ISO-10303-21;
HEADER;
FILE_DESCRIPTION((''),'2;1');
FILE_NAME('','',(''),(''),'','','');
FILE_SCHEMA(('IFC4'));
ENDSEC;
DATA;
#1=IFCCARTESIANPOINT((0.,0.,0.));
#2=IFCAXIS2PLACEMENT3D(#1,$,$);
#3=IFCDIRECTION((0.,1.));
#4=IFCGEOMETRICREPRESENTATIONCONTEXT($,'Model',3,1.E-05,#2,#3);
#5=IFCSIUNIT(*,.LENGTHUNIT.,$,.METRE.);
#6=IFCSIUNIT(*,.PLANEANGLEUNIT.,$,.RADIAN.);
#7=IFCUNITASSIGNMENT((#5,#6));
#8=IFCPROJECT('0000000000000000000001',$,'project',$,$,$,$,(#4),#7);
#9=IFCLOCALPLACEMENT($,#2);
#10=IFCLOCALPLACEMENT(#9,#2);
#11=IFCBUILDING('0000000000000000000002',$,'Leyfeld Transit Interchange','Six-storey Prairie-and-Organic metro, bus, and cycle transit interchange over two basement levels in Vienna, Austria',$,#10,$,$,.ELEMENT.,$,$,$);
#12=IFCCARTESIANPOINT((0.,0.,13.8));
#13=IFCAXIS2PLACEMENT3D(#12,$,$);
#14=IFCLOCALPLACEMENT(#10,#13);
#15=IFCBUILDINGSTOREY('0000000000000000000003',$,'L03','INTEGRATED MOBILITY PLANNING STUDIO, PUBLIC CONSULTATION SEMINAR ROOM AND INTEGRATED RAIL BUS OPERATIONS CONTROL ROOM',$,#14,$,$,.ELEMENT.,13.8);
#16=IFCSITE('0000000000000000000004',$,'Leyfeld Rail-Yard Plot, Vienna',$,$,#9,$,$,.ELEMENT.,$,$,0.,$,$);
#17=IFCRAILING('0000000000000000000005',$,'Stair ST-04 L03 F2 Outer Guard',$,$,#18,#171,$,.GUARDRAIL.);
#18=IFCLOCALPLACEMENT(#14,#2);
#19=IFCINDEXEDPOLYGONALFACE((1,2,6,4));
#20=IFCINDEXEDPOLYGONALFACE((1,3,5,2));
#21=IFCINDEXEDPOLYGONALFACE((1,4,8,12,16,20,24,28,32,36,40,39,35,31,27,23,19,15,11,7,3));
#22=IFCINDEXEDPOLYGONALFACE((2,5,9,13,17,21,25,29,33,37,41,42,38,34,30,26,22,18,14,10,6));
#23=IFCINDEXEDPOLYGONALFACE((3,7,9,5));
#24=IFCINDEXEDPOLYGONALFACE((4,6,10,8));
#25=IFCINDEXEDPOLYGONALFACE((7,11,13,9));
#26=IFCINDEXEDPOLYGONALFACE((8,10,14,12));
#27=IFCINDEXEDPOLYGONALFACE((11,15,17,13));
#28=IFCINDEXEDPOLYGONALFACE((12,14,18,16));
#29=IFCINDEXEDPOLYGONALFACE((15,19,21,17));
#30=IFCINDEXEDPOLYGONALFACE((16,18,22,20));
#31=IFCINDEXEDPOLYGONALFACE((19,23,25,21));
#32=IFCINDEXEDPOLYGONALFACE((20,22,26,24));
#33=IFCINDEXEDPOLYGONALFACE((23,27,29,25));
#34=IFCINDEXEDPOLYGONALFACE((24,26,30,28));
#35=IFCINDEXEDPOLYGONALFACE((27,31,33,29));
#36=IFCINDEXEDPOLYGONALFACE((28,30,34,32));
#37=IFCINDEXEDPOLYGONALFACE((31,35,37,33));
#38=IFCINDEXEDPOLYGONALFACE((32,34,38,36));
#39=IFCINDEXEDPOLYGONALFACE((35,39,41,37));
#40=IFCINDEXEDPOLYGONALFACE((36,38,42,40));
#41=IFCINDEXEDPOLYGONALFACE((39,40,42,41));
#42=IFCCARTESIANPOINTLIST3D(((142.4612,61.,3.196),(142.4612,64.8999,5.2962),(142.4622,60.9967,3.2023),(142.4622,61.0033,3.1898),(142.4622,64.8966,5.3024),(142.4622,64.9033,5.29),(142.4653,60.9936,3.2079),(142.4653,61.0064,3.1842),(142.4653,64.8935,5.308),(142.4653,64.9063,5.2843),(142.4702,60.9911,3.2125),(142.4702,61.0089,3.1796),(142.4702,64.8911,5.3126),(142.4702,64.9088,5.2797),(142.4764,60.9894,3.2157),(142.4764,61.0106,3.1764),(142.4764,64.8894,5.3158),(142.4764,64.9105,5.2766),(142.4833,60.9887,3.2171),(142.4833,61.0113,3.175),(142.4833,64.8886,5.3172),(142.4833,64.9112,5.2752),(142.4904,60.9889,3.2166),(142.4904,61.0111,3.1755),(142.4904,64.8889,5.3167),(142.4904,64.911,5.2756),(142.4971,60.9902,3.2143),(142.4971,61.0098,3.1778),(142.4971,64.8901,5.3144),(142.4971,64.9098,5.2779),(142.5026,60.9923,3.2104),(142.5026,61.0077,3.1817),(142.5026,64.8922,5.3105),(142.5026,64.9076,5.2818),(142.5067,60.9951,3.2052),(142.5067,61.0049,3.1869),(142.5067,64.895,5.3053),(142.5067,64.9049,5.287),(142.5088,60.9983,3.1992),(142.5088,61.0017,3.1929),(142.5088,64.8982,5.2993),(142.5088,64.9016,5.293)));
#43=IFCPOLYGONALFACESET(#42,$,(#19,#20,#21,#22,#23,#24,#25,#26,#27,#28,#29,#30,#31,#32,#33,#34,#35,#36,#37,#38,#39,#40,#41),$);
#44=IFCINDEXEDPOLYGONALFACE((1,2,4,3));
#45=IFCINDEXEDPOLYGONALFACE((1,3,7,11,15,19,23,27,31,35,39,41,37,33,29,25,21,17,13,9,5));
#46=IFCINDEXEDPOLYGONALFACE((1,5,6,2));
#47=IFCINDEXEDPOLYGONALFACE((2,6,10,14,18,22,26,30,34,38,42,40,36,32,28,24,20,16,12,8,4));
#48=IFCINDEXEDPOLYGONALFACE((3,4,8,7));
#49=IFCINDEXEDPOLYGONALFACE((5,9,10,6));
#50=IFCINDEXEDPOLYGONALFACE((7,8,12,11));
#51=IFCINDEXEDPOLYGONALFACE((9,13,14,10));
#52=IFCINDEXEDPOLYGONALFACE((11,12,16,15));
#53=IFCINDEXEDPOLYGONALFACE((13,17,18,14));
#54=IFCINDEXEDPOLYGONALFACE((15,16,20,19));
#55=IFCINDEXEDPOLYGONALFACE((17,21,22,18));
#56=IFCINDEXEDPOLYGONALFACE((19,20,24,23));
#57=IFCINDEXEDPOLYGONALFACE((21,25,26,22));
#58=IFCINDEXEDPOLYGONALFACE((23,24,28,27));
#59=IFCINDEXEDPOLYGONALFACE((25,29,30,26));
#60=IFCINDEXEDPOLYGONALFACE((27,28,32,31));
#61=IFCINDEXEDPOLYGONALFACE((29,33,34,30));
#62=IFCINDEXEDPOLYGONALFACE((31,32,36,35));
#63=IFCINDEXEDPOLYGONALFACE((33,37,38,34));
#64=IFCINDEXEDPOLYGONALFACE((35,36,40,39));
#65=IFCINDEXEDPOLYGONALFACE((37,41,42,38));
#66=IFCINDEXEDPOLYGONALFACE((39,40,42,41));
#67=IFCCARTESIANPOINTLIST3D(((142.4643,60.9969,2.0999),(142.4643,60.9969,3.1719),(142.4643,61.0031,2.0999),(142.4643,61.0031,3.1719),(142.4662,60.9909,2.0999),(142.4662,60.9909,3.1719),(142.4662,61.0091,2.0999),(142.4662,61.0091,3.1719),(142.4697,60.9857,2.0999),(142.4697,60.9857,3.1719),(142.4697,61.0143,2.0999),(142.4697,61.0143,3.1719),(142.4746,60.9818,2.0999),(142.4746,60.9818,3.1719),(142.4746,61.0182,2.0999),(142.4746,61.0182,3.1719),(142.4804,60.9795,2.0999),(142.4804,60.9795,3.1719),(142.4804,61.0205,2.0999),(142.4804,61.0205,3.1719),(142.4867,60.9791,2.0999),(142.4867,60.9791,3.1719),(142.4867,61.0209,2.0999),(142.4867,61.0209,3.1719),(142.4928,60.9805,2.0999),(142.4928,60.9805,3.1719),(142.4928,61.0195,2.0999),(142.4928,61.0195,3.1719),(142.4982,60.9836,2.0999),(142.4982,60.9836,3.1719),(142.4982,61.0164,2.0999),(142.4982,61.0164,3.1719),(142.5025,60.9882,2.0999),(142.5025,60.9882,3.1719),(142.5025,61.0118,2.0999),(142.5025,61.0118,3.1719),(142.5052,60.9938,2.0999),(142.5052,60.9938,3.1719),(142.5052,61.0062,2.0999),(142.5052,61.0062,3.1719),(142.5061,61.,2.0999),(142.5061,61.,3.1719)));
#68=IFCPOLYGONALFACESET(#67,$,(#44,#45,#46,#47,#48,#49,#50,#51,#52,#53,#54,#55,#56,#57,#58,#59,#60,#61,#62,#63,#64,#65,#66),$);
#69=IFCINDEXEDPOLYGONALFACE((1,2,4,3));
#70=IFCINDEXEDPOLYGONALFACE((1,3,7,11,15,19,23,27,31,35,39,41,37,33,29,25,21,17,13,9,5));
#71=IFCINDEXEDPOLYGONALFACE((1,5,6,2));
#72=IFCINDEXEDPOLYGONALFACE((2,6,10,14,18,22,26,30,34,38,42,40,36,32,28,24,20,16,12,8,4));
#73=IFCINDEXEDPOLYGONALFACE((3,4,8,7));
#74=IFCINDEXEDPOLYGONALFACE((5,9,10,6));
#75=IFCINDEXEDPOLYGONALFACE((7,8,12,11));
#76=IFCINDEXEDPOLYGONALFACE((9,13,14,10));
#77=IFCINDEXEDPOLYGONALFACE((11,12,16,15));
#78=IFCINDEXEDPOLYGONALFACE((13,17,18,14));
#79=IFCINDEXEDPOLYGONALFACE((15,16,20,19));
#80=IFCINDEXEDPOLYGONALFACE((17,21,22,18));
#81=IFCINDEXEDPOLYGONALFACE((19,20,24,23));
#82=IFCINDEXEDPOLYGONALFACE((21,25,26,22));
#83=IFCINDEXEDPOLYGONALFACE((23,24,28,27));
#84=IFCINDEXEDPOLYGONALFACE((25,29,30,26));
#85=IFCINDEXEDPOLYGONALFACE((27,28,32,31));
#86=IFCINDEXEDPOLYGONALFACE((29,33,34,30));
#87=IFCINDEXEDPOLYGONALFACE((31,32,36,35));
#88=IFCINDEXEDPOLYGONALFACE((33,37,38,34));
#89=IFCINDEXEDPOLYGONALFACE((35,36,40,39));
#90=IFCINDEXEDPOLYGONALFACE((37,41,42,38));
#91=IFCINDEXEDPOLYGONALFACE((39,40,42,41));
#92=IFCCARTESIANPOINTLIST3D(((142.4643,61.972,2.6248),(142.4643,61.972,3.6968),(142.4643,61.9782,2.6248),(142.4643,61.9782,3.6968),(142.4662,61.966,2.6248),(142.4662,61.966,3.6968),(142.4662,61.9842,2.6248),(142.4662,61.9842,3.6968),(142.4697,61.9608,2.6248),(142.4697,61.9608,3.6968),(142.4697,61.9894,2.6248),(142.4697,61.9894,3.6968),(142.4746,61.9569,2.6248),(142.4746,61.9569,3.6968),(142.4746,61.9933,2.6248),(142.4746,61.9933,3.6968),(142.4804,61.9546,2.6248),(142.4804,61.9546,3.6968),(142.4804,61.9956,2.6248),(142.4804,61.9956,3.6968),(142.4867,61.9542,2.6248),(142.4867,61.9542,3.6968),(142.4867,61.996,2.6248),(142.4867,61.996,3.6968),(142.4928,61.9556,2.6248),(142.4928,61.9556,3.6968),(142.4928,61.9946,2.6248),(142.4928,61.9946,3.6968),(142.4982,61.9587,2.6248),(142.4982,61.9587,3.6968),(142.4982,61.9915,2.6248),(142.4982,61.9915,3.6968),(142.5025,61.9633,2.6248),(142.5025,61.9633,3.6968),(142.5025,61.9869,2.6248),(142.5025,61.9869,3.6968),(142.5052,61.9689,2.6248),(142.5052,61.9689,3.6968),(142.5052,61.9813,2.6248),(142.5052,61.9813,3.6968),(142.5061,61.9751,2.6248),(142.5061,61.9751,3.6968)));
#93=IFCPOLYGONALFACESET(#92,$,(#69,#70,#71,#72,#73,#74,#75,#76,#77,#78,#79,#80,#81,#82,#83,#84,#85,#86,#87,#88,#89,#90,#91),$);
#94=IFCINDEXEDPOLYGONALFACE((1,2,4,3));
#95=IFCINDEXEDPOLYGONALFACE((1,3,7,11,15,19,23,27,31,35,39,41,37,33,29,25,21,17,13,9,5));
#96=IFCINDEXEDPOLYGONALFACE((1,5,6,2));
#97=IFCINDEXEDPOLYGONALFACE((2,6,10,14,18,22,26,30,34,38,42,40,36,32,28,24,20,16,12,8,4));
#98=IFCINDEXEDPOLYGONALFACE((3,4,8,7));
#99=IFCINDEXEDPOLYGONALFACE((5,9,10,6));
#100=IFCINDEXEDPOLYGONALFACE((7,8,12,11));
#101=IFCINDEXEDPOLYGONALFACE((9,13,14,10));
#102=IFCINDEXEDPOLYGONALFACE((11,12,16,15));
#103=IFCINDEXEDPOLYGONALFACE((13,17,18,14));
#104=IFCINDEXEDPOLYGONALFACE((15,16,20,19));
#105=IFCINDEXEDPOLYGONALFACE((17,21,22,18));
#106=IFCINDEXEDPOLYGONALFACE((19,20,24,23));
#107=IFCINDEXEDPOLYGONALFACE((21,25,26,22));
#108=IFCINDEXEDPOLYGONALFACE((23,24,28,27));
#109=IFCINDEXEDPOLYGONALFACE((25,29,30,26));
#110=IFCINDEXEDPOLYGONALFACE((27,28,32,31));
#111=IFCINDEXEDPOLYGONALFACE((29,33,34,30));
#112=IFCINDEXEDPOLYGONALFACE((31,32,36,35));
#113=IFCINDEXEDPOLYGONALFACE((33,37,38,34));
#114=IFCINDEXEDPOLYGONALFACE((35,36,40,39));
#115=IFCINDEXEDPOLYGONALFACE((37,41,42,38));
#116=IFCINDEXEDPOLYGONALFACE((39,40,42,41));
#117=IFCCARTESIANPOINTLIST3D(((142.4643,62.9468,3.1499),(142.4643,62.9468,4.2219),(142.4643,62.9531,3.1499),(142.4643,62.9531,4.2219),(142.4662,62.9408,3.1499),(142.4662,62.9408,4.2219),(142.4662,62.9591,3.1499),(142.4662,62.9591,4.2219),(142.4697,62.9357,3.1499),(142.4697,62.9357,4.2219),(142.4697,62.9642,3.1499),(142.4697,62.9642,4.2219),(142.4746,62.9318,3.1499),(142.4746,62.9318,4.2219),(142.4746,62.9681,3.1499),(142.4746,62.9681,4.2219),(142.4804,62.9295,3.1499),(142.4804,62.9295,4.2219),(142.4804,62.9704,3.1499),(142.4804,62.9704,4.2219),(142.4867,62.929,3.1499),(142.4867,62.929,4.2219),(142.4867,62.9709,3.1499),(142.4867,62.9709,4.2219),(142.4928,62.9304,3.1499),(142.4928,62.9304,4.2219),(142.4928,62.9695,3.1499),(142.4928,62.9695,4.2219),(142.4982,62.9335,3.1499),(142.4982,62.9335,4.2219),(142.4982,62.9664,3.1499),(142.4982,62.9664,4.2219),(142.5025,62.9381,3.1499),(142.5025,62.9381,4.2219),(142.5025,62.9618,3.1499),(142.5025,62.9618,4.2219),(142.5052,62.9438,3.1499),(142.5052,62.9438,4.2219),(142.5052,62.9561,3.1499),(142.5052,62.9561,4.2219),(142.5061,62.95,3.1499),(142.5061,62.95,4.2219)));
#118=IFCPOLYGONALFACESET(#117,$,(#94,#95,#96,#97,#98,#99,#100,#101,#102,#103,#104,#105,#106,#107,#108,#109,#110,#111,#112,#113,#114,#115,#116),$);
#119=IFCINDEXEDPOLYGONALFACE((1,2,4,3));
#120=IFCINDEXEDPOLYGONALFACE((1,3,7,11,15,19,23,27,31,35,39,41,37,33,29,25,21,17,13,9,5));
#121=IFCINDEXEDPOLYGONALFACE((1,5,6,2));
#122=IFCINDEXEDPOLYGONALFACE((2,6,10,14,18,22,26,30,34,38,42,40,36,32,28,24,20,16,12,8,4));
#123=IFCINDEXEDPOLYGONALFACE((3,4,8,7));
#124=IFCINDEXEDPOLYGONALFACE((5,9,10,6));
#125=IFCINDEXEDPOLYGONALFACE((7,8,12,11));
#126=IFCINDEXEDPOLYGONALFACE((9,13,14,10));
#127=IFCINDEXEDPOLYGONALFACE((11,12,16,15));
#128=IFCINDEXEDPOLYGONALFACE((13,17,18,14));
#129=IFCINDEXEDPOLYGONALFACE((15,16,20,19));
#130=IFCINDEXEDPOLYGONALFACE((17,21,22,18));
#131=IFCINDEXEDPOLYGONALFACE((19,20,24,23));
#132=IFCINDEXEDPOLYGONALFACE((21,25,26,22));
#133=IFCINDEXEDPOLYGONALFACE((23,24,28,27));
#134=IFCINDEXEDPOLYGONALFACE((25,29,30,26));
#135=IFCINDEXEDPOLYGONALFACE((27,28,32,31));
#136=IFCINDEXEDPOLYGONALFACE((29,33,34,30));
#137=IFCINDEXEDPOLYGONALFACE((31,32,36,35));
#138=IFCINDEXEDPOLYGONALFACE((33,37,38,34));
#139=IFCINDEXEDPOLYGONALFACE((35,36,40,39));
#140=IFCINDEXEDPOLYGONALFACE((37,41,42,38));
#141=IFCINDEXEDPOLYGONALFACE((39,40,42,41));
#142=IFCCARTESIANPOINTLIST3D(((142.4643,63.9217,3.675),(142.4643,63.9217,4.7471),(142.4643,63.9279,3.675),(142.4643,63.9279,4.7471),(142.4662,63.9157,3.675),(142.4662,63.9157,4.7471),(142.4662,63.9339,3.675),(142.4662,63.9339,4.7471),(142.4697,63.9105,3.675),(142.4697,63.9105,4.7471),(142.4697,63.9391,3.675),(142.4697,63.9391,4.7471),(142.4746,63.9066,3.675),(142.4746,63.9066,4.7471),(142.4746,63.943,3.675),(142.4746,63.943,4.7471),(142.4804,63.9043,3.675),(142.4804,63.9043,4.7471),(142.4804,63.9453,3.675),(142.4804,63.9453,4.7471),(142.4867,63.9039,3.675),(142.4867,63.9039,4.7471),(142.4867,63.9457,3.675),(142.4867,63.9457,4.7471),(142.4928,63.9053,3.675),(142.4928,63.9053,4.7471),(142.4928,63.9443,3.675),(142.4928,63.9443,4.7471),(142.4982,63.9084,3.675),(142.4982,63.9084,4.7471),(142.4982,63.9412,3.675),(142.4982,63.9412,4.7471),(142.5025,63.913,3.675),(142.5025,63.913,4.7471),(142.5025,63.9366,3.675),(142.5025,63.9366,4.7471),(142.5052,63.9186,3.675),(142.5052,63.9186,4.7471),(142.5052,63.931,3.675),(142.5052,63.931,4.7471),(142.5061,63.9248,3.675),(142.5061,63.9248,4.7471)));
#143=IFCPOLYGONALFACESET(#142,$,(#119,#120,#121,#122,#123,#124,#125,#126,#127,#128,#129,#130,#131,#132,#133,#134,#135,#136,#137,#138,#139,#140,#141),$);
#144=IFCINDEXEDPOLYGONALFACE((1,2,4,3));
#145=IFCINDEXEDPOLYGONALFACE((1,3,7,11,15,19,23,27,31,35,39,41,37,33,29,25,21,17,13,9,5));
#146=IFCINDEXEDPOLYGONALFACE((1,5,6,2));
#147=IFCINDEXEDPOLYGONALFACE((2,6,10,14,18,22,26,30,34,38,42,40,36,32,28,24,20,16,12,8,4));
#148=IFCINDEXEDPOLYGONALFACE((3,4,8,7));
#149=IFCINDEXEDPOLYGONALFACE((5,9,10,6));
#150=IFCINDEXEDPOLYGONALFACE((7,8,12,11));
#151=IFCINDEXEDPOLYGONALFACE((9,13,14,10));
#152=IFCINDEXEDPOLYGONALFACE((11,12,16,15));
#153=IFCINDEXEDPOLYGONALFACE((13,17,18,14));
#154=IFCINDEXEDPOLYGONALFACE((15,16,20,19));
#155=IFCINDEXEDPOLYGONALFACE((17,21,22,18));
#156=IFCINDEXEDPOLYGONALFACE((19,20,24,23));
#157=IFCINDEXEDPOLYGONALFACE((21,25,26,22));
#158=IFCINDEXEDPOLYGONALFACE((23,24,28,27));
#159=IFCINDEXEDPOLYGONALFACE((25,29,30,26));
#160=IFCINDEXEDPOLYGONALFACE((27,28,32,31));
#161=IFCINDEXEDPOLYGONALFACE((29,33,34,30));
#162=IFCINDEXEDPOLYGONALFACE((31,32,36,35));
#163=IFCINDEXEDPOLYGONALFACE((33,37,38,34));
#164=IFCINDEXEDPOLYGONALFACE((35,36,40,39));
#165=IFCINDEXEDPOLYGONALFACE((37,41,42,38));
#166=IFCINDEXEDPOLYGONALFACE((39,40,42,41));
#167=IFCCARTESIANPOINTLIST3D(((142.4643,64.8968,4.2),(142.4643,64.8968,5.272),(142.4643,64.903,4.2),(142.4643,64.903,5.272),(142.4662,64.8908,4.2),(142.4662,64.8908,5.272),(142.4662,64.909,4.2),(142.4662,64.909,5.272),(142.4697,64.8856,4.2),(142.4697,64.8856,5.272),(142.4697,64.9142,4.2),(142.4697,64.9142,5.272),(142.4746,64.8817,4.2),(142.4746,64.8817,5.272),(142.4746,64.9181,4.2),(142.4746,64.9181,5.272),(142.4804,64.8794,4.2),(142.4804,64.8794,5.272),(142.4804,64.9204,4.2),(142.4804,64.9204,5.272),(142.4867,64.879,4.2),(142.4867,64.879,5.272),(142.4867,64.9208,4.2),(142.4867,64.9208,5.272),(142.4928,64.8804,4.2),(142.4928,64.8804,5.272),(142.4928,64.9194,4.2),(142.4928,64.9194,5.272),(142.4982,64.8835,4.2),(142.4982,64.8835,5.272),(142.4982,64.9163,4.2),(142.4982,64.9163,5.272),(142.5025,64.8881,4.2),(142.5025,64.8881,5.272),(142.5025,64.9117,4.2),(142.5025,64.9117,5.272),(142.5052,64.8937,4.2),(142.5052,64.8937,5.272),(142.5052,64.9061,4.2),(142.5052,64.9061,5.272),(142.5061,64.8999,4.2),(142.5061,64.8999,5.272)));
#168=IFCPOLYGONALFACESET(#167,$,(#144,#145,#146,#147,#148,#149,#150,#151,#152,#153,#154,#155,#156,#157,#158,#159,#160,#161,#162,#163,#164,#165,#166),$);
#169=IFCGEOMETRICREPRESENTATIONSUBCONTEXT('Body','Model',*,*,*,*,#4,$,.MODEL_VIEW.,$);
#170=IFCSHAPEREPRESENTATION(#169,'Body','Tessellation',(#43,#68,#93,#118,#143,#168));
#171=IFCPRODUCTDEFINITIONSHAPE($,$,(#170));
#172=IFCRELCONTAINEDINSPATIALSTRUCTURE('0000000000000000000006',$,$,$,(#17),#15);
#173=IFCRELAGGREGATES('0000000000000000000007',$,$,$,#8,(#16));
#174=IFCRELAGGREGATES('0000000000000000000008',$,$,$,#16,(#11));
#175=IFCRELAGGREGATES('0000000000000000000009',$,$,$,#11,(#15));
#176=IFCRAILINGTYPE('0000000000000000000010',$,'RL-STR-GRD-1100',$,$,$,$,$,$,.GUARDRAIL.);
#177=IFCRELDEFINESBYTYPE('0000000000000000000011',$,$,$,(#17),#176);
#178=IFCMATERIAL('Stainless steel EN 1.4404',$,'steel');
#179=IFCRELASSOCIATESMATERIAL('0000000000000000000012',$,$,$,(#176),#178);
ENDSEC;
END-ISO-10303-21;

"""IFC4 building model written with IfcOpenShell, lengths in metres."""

from ifc_helpers import new_model, si_unit, direction, frame, origin, origin_2d, place, context, subcontext, project, spatial, circle, extrude, material, type_object, element, save


model = new_model("IFC4")

# Units and contexts
model_context = context("Model", 3, precision=1e-05, world=origin(), true_north=direction((0.0, 1.0)))
body_context = subcontext(model_context, "Body", "Model", "MODEL_VIEW")
ifc_project = project(units=[si_unit("LENGTHUNIT", "METRE"), si_unit("PLANEANGLEUNIT", "RADIAN")], contexts=[model_context])

# Site, building, storey
site_placement = place(None, origin())
site = spatial("IfcSite", under=ifc_project, at=site_placement, Name="Leyfeld Rail-Yard Plot, Vienna", CompositionType="ELEMENT", RefElevation=0.0)
building_placement = place(site_placement, origin())
building = spatial("IfcBuilding", under=site, at=building_placement, Name="Leyfeld Transit Interchange", Description="Six-storey Prairie-and-Organic metro, bus, and cycle transit interchange over two basement levels in Vienna, Austria", CompositionType="ELEMENT")
storey_placement = place(building_placement, frame((0.0, 0.0, 13.8)))
storey = spatial("IfcBuildingStorey", under=building, at=storey_placement, Name="L03", Description="INTEGRATED MOBILITY PLANNING STUDIO, PUBLIC CONSULTATION SEMINAR ROOM AND INTEGRATED RAIL BUS OPERATIONS CONTROL ROOM", CompositionType="ELEMENT", Elevation=13.8)

# Railing
ifc_material_1 = material(Name="Stainless steel EN 1.4404", Category="steel")
railing_type_1 = type_object("IfcRailingType", Name="RL-STR-GRD-1100", PredefinedType="GUARDRAIL", material=ifc_material_1)
for number, where, name in (
    (1, (142.4851, 61.0, 2.0999), "Stair ST-04 L03 F2 Outer Guard"),
):
    element("IfcRailing", number, at=place(storey_placement, frame(where)), inside=storey, type_object=railing_type_1, Name=name, PredefinedType="GUARDRAIL", context=body_context, shape_type="SweptSolid", body=[
        extrude(circle(Radius=0.0239, at=origin_2d()), frame((0.0, 0.0, 1.0962), z_axis=(0.0, 0.880457, 0.474126), x_axis=(-1.0, 0.0, 0.0)), (0.0, 0.0, 1.0), 4.4294),
        extrude(circle(Radius=0.021, at=origin_2d()), origin(), (0.0, 0.0, 1.0), 1.072),
        extrude(circle(Radius=0.021, at=origin_2d()), frame((0.0, 0.9751, 0.5249)), (0.0, 0.0, 1.0), 1.072),
        extrude(circle(Radius=0.021, at=origin_2d()), frame((0.0, 1.95, 1.05)), (0.0, 0.0, 1.0), 1.072),
        extrude(circle(Radius=0.021, at=origin_2d()), frame((0.0, 2.9248, 1.5752)), (0.0, 0.0, 1.0), 1.072),
        extrude(circle(Radius=0.021, at=origin_2d()), frame((0.0, 3.8999, 2.1001)), (0.0, 0.0, 1.0), 1.072),
    ])

save(model, "model.ifc")
